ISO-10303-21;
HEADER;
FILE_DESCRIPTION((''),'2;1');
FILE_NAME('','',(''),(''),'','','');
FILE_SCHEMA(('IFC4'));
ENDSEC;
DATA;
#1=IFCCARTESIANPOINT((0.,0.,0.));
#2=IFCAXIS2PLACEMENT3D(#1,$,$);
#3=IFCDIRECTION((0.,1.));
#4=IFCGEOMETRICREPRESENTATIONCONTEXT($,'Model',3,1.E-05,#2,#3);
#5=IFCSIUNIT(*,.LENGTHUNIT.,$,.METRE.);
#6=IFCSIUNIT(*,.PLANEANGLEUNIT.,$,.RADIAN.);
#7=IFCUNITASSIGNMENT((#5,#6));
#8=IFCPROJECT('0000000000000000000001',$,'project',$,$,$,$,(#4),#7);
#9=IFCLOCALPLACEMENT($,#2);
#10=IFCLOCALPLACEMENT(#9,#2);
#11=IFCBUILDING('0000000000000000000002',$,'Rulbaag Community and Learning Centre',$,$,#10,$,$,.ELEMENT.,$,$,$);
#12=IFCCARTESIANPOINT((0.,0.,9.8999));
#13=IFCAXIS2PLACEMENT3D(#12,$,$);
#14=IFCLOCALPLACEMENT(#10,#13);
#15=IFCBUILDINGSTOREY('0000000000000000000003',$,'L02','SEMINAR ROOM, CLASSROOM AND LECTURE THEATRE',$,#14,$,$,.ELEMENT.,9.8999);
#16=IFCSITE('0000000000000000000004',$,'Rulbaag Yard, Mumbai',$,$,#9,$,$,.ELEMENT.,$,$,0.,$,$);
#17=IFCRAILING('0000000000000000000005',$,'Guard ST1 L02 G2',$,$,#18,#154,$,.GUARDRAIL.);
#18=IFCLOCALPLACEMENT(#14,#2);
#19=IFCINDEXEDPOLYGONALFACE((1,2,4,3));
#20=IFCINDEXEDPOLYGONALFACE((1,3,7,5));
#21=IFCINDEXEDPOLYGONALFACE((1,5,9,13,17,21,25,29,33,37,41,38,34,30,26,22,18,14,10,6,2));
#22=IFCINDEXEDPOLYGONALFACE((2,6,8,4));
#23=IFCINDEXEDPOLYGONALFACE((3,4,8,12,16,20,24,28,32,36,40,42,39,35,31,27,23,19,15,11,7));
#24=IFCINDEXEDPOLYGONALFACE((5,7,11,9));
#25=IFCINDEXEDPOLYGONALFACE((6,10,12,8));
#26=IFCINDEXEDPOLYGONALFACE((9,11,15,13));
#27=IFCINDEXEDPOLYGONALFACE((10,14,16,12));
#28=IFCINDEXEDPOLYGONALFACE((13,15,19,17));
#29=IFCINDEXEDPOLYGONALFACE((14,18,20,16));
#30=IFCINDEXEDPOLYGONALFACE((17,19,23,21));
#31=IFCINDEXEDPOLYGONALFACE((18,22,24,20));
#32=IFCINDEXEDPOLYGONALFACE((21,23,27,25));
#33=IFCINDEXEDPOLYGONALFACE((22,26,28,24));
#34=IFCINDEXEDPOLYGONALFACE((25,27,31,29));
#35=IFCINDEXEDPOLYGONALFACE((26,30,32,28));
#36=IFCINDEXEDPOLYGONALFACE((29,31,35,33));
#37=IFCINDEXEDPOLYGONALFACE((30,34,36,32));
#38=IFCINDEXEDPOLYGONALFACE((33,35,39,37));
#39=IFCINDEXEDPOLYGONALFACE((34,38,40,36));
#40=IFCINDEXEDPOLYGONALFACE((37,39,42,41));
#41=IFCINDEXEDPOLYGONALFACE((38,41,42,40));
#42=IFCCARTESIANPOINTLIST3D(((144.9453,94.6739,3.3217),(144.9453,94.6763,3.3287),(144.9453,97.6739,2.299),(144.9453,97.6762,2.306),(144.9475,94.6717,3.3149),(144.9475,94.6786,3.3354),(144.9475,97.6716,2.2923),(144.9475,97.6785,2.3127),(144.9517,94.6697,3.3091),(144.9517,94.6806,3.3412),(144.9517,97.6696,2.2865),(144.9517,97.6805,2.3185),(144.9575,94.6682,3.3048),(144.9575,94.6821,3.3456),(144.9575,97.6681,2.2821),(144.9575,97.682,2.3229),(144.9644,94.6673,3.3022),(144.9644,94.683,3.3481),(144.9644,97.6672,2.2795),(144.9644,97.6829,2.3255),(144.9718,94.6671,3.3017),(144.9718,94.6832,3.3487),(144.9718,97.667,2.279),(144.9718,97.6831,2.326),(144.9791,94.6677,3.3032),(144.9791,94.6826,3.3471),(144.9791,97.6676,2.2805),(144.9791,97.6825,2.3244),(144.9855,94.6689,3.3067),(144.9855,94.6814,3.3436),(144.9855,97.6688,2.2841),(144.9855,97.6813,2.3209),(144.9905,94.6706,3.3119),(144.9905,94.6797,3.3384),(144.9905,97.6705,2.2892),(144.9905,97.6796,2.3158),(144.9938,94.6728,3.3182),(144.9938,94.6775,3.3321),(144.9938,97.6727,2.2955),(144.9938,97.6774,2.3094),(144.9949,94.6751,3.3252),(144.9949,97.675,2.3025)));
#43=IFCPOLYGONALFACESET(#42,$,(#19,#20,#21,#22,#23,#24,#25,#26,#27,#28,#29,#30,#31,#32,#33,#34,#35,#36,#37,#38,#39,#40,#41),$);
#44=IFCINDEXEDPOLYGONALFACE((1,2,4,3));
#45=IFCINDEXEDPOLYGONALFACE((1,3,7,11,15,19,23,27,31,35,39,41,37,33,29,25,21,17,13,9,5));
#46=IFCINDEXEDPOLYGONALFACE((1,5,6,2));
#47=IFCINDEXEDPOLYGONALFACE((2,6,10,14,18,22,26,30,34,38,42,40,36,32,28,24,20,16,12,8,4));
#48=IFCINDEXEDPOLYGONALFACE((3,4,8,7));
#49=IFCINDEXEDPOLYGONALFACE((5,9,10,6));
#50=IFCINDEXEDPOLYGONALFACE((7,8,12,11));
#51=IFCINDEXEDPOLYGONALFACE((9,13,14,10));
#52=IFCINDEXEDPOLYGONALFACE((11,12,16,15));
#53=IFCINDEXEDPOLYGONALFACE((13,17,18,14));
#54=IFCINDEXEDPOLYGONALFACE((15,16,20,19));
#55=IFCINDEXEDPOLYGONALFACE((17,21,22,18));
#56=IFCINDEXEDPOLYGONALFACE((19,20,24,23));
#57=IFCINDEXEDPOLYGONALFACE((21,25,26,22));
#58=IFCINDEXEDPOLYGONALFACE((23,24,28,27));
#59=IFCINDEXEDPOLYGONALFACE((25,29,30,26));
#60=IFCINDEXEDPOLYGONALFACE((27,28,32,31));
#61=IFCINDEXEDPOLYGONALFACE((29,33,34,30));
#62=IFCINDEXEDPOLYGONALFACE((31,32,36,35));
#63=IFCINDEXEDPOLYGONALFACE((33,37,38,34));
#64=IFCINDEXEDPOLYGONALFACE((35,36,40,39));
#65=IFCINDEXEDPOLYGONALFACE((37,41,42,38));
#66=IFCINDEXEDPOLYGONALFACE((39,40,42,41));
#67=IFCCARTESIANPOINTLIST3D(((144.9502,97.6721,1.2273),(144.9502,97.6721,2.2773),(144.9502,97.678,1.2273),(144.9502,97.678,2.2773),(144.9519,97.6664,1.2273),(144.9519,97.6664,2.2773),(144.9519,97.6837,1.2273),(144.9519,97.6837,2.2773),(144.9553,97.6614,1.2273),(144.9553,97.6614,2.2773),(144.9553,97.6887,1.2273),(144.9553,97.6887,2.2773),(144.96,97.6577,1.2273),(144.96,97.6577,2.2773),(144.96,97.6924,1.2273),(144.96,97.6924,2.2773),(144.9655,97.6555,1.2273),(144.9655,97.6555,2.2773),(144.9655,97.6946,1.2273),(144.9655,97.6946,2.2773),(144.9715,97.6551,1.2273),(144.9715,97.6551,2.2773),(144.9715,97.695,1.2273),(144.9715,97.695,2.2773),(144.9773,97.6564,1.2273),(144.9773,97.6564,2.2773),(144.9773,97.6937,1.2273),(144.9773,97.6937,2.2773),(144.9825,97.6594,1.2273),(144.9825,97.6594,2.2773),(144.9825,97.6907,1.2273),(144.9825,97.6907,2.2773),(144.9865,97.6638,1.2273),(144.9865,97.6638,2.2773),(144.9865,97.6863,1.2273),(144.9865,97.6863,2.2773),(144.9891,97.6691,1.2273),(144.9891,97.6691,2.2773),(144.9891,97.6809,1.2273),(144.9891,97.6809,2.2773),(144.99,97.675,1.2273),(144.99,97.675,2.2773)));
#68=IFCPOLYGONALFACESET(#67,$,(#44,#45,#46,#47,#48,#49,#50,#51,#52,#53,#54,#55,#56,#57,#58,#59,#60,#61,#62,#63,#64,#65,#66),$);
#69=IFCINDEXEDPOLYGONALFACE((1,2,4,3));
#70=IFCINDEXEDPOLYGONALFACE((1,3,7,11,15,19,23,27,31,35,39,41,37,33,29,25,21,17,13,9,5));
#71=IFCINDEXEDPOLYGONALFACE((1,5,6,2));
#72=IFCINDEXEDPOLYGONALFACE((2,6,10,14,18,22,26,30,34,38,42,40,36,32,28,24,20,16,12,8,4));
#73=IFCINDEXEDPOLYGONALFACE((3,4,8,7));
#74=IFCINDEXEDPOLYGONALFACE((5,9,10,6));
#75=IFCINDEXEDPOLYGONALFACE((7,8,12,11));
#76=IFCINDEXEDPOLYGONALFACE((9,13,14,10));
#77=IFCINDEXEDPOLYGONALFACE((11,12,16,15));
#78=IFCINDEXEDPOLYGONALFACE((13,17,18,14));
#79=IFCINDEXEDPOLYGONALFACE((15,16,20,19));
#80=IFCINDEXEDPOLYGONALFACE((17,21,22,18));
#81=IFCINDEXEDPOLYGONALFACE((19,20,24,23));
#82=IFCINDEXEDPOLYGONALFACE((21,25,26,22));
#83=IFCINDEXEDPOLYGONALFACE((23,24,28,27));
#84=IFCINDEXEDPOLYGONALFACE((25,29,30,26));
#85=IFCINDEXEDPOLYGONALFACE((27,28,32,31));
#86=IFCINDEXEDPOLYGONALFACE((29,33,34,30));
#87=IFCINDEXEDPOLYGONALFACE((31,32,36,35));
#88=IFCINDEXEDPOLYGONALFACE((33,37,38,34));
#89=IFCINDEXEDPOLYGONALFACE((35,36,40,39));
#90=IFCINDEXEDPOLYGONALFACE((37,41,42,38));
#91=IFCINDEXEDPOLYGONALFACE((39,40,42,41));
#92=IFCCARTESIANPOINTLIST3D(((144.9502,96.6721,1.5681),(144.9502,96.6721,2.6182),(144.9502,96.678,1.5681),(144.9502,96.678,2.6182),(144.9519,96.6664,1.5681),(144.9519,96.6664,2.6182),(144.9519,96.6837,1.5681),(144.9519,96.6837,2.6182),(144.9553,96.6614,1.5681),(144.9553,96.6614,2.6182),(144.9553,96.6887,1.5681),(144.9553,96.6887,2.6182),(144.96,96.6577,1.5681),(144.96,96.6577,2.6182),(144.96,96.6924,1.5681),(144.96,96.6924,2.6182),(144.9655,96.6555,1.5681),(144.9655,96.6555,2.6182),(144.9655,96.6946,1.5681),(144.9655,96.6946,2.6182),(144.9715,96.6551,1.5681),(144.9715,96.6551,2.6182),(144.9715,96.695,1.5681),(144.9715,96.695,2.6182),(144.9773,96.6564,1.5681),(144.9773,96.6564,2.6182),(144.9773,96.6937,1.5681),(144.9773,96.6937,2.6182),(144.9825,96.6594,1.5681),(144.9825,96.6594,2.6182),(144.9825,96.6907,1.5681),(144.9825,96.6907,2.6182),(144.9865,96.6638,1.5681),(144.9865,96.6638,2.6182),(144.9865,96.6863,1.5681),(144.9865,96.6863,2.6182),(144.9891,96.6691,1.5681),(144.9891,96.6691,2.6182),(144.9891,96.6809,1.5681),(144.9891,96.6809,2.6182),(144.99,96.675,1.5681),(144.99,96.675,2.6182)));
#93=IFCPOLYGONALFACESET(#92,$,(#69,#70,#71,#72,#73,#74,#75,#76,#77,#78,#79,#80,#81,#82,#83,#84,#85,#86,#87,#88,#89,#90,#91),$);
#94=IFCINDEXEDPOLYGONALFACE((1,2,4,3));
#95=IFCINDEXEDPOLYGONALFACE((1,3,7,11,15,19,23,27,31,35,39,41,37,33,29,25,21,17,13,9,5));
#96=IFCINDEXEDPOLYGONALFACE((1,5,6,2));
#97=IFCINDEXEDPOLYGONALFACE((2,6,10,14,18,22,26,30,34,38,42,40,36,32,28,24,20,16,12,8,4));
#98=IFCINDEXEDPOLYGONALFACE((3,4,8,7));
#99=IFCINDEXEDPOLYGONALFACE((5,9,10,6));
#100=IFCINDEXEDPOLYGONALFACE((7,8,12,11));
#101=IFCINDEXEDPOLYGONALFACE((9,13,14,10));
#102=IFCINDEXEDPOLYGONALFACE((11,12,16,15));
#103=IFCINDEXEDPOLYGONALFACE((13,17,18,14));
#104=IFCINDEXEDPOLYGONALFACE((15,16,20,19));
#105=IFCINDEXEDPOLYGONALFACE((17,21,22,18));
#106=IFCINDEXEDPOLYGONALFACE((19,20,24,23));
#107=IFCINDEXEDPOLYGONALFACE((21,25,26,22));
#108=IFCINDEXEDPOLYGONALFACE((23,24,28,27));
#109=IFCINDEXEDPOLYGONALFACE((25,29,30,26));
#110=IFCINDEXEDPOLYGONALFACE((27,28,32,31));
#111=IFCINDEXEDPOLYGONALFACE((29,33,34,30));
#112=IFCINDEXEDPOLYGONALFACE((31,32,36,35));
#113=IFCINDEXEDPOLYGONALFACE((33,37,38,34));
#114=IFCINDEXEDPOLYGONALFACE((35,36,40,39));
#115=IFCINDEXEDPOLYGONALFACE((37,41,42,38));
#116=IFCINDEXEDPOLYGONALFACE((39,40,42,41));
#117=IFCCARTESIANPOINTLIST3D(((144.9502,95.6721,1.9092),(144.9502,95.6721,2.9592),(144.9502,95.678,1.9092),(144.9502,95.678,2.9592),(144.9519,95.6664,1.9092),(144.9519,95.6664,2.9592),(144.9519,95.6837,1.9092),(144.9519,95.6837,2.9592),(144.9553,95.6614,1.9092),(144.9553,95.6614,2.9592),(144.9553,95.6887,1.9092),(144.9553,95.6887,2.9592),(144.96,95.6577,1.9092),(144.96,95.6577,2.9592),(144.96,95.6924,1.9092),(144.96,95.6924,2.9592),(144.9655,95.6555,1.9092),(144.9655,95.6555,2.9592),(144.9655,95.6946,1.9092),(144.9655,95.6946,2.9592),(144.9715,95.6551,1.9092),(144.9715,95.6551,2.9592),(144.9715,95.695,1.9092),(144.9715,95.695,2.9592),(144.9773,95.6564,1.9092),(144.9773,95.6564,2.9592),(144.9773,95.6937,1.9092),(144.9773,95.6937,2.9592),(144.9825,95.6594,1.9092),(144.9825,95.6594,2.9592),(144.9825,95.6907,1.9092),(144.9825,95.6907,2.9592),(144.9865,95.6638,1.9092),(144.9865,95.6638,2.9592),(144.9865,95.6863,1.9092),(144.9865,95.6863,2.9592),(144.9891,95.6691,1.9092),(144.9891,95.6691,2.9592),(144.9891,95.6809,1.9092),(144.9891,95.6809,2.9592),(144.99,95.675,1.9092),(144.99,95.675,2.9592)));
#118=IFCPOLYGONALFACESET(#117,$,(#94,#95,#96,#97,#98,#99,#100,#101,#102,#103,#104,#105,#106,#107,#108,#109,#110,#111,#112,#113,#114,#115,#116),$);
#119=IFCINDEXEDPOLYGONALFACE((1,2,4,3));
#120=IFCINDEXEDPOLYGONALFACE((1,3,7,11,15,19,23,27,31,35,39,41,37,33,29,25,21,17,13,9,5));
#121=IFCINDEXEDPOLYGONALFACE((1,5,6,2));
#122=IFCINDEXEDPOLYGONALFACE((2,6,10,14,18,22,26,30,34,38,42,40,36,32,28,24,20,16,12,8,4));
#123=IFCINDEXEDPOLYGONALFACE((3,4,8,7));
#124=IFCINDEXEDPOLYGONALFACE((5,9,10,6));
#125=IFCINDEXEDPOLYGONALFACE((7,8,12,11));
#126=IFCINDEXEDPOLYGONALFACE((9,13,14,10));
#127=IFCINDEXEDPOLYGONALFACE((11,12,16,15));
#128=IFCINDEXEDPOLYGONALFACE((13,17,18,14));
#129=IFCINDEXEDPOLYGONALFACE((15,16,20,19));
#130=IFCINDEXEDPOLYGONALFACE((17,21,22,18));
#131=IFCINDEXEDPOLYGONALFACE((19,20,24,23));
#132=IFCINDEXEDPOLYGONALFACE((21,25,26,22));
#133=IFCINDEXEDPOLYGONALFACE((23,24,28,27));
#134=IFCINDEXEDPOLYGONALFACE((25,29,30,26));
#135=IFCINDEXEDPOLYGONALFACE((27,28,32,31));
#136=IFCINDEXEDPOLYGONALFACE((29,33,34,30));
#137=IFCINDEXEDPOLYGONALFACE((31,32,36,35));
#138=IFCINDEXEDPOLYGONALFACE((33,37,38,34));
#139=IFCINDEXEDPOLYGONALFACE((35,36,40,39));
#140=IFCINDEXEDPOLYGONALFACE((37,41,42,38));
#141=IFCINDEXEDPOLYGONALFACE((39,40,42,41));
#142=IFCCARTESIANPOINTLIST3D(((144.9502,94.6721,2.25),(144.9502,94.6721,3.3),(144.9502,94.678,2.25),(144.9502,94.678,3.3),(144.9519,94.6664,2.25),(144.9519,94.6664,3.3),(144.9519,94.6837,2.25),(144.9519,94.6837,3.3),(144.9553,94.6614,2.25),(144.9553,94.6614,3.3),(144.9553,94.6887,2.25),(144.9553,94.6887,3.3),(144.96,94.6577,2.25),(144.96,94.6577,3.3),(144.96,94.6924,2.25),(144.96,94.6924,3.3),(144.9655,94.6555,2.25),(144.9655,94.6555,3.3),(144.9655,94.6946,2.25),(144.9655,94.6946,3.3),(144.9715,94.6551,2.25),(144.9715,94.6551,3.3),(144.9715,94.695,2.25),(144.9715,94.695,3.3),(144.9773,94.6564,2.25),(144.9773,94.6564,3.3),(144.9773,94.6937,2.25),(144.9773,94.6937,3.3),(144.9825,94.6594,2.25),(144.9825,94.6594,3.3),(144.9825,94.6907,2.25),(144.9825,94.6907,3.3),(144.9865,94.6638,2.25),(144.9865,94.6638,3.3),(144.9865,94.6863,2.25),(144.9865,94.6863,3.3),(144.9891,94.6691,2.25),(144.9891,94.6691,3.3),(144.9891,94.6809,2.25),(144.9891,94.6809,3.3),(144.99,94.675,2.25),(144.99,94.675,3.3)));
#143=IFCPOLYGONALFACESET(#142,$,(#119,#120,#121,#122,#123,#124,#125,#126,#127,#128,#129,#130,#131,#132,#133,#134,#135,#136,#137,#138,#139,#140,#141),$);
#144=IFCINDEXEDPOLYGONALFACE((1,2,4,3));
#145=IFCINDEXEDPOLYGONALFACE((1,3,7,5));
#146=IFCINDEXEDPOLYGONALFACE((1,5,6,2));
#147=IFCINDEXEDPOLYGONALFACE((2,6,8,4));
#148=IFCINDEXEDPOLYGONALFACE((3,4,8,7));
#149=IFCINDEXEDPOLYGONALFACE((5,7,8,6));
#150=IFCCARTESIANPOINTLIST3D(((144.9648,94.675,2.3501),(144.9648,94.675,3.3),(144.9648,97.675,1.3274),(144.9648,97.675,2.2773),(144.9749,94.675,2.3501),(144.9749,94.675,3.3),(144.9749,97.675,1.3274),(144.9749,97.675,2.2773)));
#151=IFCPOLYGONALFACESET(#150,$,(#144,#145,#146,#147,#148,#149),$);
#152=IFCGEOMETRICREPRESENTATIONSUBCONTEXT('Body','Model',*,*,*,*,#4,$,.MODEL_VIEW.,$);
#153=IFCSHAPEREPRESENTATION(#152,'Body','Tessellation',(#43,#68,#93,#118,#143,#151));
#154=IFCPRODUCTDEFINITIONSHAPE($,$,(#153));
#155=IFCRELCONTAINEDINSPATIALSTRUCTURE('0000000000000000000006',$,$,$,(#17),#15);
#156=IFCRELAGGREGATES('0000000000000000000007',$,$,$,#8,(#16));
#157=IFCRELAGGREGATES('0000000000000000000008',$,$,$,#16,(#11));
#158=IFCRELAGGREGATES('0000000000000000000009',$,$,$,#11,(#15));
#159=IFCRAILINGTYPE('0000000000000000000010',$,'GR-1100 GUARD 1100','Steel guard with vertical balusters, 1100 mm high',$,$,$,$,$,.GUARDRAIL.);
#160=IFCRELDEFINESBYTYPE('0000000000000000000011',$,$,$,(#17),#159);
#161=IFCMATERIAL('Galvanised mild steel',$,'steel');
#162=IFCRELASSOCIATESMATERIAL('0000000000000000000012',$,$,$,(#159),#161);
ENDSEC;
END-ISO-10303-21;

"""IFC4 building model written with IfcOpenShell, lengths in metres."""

from ifc_helpers import new_model, si_unit, direction, frame, origin, origin_2d, place, context, subcontext, project, spatial, polyline, circle, outline, extrude, material, type_object, element, save


model = new_model("IFC4")

# Units and contexts
model_context = context("Model", 3, precision=1e-05, world=origin(), true_north=direction((0.0, 1.0)))
body_context = subcontext(model_context, "Body", "Model", "MODEL_VIEW")
ifc_project = project(units=[si_unit("LENGTHUNIT", "METRE"), si_unit("PLANEANGLEUNIT", "RADIAN")], contexts=[model_context])

# Site, building, storey
site_placement = place(None, origin())
site = spatial("IfcSite", under=ifc_project, at=site_placement, Name="Rulbaag Yard, Mumbai", CompositionType="ELEMENT", RefElevation=0.0)
building_placement = place(site_placement, origin())
building = spatial("IfcBuilding", under=site, at=building_placement, Name="Rulbaag Community and Learning Centre", CompositionType="ELEMENT")
storey_placement = place(building_placement, frame((0.0, 0.0, 9.8999)))
storey = spatial("IfcBuildingStorey", under=building, at=storey_placement, Name="L02", Description="SEMINAR ROOM, CLASSROOM AND LECTURE THEATRE", CompositionType="ELEMENT", Elevation=9.8999)

# Railing
ifc_material_1 = material(Name="Galvanised mild steel", Category="steel")
railing_type_1 = type_object("IfcRailingType", Name="GR-1100 GUARD 1100", Description="Steel guard with vertical balusters, 1100 mm high", PredefinedType="GUARDRAIL", material=ifc_material_1)
railing_1_placement = place(storey_placement, frame((144.97, 97.675, 1.2273)))
element("IfcRailing", 1, at=railing_1_placement, inside=storey, type_object=railing_type_1, Name="Guard ST1 L02 G2", PredefinedType="GUARDRAIL", context=body_context, shape_type="SweptSolid", body=[
    extrude(circle(Radius=0.0249, at=origin_2d()), frame((0.0, 0.0, 1.0752), z_axis=(0.0, -0.946512, 0.322668), x_axis=(1.0, 0.0, 0.0)), (0.0, 0.0, 1.0), 3.1694),
    extrude(circle(Radius=0.02, at=origin_2d()), origin(), (0.0, 0.0, 1.0), 1.05),
    extrude(circle(Radius=0.02, at=origin_2d()), frame((0.0, -1.0, 0.3408)), (0.0, 0.0, 1.0), 1.05),
    extrude(circle(Radius=0.02, at=origin_2d()), frame((0.0, -2.0, 0.6819)), (0.0, 0.0, 1.0), 1.05),
    extrude(circle(Radius=0.02, at=origin_2d()), frame((0.0, -3.0, 1.0227)), (0.0, 0.0, 1.0), 1.05),
    extrude(outline(polyline([(0.0, 0.0), (3.0, 1.0227), (3.0, 1.9727), (0.0, 0.95), (0.0, 0.0)])), frame((0.0049, 0.0, 0.1001), z_axis=(-1.0, 0.0, 0.0), x_axis=(0.0, -1.0, 0.0)), (0.0, 0.0, 1.0), 0.01),
])

save(model, "model.ifc")
